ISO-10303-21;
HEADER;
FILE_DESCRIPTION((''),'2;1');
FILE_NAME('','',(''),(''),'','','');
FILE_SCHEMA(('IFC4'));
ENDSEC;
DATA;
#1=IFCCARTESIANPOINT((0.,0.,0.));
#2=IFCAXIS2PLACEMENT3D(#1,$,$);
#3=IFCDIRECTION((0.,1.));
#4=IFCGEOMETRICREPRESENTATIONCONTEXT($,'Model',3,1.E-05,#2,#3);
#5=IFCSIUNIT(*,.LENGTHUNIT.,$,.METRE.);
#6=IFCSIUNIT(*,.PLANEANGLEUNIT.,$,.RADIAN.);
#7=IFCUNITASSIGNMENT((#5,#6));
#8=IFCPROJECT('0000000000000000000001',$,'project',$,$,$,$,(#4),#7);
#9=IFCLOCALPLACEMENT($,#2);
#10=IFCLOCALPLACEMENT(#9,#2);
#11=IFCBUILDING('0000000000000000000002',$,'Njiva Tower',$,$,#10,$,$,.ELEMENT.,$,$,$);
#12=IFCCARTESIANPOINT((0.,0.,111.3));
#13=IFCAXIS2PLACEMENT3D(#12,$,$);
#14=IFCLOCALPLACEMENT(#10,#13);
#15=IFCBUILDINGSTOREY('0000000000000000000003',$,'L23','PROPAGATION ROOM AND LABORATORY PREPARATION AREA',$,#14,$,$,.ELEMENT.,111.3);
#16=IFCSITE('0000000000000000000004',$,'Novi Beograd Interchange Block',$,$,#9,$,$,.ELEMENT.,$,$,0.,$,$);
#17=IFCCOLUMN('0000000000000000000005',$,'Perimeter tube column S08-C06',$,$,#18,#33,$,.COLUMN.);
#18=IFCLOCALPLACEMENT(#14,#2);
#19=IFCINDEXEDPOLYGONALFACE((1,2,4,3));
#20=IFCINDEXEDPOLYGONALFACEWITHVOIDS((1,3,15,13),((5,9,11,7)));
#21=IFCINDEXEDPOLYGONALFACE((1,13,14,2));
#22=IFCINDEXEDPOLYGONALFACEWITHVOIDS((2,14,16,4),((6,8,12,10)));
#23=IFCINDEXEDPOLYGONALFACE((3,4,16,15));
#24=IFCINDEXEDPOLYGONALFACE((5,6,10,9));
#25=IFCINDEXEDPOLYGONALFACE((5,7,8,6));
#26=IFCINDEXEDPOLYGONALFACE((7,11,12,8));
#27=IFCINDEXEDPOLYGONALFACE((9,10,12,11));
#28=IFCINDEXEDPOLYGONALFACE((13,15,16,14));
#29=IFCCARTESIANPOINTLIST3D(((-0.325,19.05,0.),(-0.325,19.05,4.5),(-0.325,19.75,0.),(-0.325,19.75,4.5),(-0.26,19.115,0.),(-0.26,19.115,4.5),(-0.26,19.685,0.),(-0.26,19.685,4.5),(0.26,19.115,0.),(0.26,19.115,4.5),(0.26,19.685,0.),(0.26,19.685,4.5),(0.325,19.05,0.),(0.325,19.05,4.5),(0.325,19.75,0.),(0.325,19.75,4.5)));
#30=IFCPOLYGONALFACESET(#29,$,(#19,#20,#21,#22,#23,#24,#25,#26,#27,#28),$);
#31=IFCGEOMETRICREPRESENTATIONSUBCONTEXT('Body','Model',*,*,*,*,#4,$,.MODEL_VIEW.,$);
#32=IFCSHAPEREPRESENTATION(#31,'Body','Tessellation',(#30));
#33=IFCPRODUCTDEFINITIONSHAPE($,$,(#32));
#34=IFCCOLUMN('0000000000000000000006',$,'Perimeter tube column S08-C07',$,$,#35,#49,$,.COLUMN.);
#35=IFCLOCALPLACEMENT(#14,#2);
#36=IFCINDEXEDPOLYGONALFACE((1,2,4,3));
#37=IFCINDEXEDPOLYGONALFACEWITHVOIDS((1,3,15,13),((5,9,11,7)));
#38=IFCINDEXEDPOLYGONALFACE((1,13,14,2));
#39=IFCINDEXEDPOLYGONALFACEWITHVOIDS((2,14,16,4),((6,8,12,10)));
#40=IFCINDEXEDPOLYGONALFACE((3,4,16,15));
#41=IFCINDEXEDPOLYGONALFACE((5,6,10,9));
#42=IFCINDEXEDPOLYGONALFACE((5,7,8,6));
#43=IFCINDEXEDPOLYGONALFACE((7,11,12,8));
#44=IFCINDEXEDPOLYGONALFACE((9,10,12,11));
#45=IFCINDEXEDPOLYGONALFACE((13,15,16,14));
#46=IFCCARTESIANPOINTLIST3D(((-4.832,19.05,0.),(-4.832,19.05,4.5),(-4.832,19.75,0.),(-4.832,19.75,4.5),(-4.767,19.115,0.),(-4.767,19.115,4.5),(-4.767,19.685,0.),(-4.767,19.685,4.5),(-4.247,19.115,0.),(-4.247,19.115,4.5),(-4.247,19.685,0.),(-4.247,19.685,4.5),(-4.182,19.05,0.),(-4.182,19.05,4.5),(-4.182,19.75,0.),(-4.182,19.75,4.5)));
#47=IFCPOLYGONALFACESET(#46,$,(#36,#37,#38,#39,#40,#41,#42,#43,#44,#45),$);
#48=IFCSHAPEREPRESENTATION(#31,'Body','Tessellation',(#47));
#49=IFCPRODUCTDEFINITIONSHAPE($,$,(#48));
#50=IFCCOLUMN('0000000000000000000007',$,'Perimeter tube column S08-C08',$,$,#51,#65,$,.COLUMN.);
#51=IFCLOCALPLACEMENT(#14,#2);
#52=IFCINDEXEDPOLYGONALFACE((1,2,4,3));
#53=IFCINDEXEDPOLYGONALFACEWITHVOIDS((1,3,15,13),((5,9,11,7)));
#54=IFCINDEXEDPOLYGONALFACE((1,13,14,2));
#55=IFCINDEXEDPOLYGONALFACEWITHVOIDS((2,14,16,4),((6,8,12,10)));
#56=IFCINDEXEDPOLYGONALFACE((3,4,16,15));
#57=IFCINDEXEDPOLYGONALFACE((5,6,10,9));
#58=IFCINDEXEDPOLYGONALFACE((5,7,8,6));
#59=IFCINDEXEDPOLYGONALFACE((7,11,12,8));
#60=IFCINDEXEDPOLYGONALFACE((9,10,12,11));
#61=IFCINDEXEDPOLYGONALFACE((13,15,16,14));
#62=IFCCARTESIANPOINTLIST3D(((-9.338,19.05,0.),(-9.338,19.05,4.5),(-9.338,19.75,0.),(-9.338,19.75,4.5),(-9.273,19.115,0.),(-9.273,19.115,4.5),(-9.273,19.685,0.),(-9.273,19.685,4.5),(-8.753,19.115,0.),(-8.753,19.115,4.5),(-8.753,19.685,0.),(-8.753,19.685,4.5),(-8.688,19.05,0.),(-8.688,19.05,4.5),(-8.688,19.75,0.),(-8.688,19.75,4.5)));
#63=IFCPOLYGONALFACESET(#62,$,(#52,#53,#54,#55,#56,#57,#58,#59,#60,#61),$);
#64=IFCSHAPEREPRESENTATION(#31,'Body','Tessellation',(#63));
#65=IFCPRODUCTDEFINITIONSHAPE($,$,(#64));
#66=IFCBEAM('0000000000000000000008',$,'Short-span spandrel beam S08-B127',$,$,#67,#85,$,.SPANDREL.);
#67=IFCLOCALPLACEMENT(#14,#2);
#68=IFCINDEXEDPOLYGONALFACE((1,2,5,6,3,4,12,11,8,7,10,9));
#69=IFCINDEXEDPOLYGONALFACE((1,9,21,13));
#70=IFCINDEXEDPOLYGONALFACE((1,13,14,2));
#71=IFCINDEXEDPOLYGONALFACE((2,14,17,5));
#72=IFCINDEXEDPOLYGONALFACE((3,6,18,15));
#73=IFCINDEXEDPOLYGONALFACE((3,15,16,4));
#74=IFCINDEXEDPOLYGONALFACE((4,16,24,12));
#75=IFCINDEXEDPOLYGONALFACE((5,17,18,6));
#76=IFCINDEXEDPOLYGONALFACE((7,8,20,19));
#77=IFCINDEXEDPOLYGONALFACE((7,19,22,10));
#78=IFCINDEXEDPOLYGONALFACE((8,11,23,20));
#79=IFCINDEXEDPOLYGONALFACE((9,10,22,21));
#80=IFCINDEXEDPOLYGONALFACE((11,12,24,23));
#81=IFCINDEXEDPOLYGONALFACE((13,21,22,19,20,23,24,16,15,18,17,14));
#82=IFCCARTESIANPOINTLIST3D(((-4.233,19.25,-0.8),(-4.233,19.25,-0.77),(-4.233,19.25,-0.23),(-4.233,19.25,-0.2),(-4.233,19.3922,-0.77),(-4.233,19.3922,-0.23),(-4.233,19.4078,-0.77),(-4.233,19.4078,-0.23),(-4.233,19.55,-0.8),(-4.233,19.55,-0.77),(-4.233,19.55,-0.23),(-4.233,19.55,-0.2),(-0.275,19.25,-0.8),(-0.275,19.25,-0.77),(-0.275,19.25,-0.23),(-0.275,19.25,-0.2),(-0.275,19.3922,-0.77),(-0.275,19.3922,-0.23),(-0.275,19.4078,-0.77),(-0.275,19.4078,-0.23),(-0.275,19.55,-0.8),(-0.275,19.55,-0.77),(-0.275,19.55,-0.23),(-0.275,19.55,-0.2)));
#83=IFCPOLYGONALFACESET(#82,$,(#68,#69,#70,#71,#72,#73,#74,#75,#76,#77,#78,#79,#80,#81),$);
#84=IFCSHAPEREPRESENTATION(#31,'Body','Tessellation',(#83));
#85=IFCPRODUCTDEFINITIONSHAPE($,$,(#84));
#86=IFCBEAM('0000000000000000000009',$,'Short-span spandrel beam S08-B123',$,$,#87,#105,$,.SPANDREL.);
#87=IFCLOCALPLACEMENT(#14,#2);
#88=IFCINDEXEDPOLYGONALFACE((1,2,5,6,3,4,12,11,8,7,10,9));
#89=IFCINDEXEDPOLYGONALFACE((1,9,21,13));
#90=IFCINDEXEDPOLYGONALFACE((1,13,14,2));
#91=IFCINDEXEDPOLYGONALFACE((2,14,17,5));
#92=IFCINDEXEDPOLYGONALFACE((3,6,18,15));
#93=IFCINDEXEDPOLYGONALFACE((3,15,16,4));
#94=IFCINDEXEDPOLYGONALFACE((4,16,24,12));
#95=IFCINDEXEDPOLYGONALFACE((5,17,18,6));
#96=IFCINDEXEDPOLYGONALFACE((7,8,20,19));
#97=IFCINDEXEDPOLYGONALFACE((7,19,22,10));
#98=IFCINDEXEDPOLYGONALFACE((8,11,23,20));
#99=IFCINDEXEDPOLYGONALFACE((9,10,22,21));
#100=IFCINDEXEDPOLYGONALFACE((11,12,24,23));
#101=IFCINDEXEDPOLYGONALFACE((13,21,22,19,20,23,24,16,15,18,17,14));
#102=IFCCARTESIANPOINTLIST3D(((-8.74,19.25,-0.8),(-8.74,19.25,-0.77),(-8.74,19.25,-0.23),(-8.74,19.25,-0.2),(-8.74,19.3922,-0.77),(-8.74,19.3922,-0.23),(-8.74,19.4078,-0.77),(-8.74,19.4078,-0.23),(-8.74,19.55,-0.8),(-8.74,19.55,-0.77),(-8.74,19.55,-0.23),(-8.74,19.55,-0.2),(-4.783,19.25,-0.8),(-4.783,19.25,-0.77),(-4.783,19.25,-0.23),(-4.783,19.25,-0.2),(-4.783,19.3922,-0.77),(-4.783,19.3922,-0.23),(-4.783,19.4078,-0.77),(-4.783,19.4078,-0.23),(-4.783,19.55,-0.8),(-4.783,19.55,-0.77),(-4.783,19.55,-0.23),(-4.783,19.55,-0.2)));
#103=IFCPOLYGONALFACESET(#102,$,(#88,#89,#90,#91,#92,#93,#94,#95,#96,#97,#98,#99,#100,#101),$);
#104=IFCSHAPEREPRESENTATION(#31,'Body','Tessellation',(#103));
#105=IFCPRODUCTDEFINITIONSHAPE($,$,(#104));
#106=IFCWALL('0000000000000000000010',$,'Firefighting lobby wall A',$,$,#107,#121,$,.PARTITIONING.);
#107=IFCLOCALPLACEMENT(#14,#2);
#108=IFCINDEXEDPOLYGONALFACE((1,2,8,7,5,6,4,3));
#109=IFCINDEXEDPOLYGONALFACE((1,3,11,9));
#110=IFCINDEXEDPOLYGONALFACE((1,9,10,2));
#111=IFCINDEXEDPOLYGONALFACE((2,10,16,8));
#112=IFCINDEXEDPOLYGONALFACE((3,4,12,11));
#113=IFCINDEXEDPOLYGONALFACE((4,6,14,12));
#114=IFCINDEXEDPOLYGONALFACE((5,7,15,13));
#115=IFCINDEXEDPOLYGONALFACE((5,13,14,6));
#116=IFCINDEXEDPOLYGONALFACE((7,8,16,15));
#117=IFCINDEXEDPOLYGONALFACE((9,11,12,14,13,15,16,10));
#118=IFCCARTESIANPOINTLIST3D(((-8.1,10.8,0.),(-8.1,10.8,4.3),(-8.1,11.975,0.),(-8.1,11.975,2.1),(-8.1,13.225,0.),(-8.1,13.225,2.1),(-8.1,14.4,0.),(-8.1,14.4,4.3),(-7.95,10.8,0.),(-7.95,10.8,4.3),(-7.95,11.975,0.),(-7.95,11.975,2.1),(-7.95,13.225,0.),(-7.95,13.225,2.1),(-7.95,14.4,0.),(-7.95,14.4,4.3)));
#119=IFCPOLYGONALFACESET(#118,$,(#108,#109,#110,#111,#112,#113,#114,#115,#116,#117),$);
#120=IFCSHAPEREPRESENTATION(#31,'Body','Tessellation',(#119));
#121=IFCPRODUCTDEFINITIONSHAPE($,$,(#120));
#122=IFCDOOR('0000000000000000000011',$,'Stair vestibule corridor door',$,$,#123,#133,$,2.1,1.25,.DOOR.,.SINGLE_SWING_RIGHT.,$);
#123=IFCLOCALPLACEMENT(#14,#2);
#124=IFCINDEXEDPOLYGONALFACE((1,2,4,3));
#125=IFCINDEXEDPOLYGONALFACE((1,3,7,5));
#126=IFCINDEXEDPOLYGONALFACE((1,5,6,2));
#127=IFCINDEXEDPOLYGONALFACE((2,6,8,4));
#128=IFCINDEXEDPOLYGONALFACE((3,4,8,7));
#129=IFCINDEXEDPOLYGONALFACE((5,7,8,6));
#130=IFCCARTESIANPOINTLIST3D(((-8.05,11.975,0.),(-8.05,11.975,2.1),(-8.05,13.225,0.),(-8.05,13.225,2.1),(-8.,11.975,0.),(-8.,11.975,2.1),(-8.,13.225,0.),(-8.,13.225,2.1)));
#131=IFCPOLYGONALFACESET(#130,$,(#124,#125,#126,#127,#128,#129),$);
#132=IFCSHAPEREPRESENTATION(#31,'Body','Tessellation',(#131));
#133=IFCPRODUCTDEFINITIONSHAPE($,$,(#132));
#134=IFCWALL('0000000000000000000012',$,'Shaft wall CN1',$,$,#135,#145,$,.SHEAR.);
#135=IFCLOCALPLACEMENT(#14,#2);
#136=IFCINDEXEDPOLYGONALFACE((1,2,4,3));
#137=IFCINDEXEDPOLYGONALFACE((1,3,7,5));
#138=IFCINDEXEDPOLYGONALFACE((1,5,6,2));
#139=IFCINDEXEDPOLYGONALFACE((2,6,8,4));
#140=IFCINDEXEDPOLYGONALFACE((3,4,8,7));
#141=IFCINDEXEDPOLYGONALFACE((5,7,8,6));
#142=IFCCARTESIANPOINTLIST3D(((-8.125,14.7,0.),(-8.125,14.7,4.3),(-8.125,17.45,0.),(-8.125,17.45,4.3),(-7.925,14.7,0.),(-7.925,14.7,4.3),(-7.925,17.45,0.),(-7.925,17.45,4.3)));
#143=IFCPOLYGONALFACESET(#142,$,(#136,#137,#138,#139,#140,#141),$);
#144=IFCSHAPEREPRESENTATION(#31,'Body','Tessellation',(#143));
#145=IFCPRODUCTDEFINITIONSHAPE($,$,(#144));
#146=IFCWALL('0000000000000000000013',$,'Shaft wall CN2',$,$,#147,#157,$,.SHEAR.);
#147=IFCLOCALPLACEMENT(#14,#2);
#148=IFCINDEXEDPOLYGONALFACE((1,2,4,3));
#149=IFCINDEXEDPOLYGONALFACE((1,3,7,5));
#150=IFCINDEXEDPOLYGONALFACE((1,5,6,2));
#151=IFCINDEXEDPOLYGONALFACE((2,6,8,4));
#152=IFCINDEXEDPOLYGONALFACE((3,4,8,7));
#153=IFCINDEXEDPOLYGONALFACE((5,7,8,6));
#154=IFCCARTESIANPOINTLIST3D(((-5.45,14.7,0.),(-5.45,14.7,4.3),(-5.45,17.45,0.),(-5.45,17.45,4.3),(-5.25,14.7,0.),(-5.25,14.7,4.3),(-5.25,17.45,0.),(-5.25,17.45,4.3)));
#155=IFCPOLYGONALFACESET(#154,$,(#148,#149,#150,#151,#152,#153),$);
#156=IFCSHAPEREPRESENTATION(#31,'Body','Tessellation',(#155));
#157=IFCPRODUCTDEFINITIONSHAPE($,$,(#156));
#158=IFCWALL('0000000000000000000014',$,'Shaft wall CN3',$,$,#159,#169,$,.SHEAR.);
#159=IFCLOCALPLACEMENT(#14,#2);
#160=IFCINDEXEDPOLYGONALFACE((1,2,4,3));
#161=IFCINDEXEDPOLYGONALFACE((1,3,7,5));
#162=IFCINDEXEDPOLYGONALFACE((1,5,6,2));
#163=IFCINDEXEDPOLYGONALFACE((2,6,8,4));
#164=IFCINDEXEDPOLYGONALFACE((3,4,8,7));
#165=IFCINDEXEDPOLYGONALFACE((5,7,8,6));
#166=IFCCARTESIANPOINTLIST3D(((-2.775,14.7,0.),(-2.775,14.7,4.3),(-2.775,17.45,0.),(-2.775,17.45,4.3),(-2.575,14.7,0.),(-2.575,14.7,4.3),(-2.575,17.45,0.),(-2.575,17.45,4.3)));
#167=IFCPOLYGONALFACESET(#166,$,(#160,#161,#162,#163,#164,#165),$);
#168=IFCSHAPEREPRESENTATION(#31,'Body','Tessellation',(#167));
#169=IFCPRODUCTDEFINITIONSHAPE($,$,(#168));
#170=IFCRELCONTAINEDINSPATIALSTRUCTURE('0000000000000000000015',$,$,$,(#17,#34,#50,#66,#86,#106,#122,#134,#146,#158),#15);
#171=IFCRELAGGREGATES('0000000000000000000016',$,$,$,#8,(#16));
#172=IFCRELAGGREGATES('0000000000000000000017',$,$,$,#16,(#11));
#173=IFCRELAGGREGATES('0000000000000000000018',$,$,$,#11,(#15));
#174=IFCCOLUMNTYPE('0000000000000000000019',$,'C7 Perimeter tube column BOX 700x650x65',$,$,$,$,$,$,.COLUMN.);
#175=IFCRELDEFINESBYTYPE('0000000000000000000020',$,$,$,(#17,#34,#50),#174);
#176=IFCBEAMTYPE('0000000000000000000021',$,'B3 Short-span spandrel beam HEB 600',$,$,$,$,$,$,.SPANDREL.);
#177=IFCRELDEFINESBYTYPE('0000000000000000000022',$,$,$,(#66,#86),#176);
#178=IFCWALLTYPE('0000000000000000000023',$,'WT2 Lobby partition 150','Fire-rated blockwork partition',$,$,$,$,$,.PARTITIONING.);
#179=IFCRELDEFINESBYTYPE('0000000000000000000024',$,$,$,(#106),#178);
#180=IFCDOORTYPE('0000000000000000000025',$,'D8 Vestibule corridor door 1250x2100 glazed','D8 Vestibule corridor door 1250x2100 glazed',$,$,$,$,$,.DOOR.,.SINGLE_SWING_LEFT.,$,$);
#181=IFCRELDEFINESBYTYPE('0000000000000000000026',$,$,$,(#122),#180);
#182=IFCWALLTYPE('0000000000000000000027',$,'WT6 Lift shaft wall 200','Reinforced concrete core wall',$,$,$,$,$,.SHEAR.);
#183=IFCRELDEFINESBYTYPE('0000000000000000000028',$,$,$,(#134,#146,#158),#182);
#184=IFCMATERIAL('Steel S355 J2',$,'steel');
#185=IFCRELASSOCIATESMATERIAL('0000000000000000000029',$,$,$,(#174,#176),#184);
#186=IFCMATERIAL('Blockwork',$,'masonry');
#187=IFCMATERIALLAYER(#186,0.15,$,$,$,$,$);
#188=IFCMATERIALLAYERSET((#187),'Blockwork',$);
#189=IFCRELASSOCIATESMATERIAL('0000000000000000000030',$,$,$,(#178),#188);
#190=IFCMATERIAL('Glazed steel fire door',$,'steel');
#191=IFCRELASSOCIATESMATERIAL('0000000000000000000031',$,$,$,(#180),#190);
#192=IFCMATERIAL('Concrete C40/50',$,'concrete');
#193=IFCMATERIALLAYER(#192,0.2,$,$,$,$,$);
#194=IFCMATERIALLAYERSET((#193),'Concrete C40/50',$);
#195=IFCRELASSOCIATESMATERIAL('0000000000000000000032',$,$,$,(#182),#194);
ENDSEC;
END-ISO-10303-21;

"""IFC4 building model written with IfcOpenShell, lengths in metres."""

from ifc_helpers import new_model, si_unit, direction, frame, frame_2d, origin, origin_2d, place, context, subcontext, project, spatial, rectangle, hollow_rectangle, i_section, extrude, material, layer, layer_set, material_profile, profile_set, type_object, element, fill, save


model = new_model("IFC4")

# Units and contexts
model_context = context("Model", 3, precision=1e-05, world=origin(), true_north=direction((0.0, 1.0)))
body_context = subcontext(model_context, "Body", "Model", "MODEL_VIEW")
ifc_project = project(units=[si_unit("LENGTHUNIT", "METRE"), si_unit("PLANEANGLEUNIT", "RADIAN")], contexts=[model_context])

# Site, building, storey
site_placement = place(None, origin())
site = spatial("IfcSite", under=ifc_project, at=site_placement, Name="Novi Beograd Interchange Block", CompositionType="ELEMENT", RefElevation=0.0)
building_placement = place(site_placement, origin())
building = spatial("IfcBuilding", under=site, at=building_placement, Name="Njiva Tower", CompositionType="ELEMENT")
storey_placement = place(building_placement, frame((0.0, 0.0, 111.3)))
storey = spatial("IfcBuildingStorey", under=building, at=storey_placement, Name="L23", Description="PROPAGATION ROOM AND LABORATORY PREPARATION AREA", CompositionType="ELEMENT", Elevation=111.3)

# Columns
ifc_material_1 = material(Name="Steel S355 J2", Category="steel")
ifc_material_profile_1 = material_profile(ifc_material_1, hollow_rectangle(XDim=0.65, YDim=0.7, WallThickness=0.065, at=origin_2d()), Name="BOX 700x650x65")
ifc_profile_set_1 = profile_set([ifc_material_profile_1], Name="Steel S355 J2")
column_type = type_object("IfcColumnType", Name="C7 Perimeter tube column BOX 700x650x65", PredefinedType="COLUMN", material=ifc_profile_set_1)
for number, where, z_axis, x_axis, name in (
    (1, (0.0, 19.4, 0.0), (0.0, 0.0, 1.0), (-1.0, 0.0, 0.0), "Perimeter tube column S08-C06"),
    (2, (-4.507, 19.4, 0.0), (0.0, 0.0, 1.0), (-1.0, 0.0, 0.0), "Perimeter tube column S08-C07"),
    (3, (-9.013, 19.4, 0.0), (0.0, 0.0, 1.0), (-1.0, 0.0, 0.0), "Perimeter tube column S08-C08"),
):
    element("IfcColumn", number, at=place(storey_placement, frame(where, z_axis=z_axis, x_axis=x_axis)), inside=storey, type_object=column_type, Name=name, PredefinedType="COLUMN", context=body_context, shape_type="SweptSolid", body=[
        extrude(hollow_rectangle(XDim=0.65, YDim=0.7, WallThickness=0.065, at=origin_2d()), origin(), (0.0, 0.0, 1.0), 4.5),
    ])

# Beams
ifc_material_profile_2 = material_profile(ifc_material_1, i_section(OverallWidth=0.3, OverallDepth=0.6, WebThickness=0.0155, FlangeThickness=0.03, at=origin_2d()), Name="HEB 600")
ifc_profile_set_2 = profile_set([ifc_material_profile_2], Name="Steel S355 J2")
beam_type = type_object("IfcBeamType", Name="B3 Short-span spandrel beam HEB 600", PredefinedType="SPANDREL", material=ifc_profile_set_2)
beam_1_placement = place(storey_placement, frame((-0.275, 19.4, -0.5), z_axis=(-1.0, 0.0, 0.0), x_axis=(0.0, -1.0, 0.0)))
element("IfcBeam", 4, at=beam_1_placement, inside=storey, type_object=beam_type, Name="Short-span spandrel beam S08-B127", PredefinedType="SPANDREL", context=body_context, shape_type="SweptSolid", body=[
    extrude(i_section(OverallWidth=0.3, OverallDepth=0.6, WebThickness=0.0155, FlangeThickness=0.03, at=origin_2d()), origin(), (0.0, 0.0, 1.0), 3.958),
])
beam_2_placement = place(storey_placement, frame((-4.783, 19.4, -0.5), z_axis=(-1.0, 0.0, 0.0), x_axis=(0.0, -1.0, 0.0)))
element("IfcBeam", 5, at=beam_2_placement, inside=storey, type_object=beam_type, Name="Short-span spandrel beam S08-B123", PredefinedType="SPANDREL", context=body_context, shape_type="SweptSolid", body=[
    extrude(i_section(OverallWidth=0.3, OverallDepth=0.6, WebThickness=0.0155, FlangeThickness=0.03, at=origin_2d()), origin(), (0.0, 0.0, 1.0), 3.957),
])

# Wall, opening, door
ifc_material_2 = material(Name="Blockwork", Category="masonry")
ifc_layer_1 = layer(ifc_material_2, 0.15)
ifc_layer_set_1 = layer_set([ifc_layer_1], Name="Blockwork")
wall_type_1 = type_object("IfcWallType", Name="WT2 Lobby partition 150", Description="Fire-rated blockwork partition", PredefinedType="PARTITIONING", material=ifc_layer_set_1)
wall_placement = place(storey_placement, frame((-8.025, 10.8, 0.0), z_axis=(0.0, 0.0, 1.0), x_axis=(0.0, 1.0, 0.0)))
wall = element("IfcWall", 6, at=wall_placement, inside=storey, type_object=wall_type_1, Name="Firefighting lobby wall A", PredefinedType="PARTITIONING", context=body_context, shape_type="SweptSolid", body=[
    extrude(rectangle(XDim=3.6, YDim=0.15, at=frame_2d((1.8, 0.0))), origin(), (0.0, 0.0, 1.0), 4.3),
])
opening_placement = place(wall_placement, frame((1.175, 0.0, 0.0)))
opening = element("IfcOpeningElement", 7, at=opening_placement, cuts=wall, PredefinedType="OPENING", context=body_context, shape_type="SweptSolid", body=[
    extrude(rectangle(XDim=1.25, YDim=2.1, at=frame_2d((0.625, 1.05))), frame((0.0, 0.085, 0.0), z_axis=(0.0, -1.0, 0.0), x_axis=(1.0, 0.0, 0.0)), (0.0, 0.0, 1.0), 0.17),
])
ifc_material_3 = material(Name="Glazed steel fire door", Category="steel")
door_type = type_object("IfcDoorType", Name="D8 Vestibule corridor door 1250x2100 glazed", Description="D8 Vestibule corridor door 1250x2100 glazed", OperationType="SINGLE_SWING_LEFT", PredefinedType="DOOR", material=ifc_material_3)
door_placement = place(opening_placement, origin())
door = element("IfcDoor", 8, at=door_placement, inside=storey, type_object=door_type, Name="Stair vestibule corridor door", OperationType="SINGLE_SWING_RIGHT", OverallHeight=2.1, OverallWidth=1.25, PredefinedType="DOOR", context=body_context, shape_type="SweptSolid", body=[
    extrude(rectangle(XDim=1.25, YDim=2.1, at=frame_2d((0.625, 1.05))), frame((0.0, 0.025, 0.0), z_axis=(0.0, -1.0, 0.0), x_axis=(1.0, 0.0, 0.0)), (0.0, 0.0, 1.0), 0.05),
])
fill(opening, door)

# Walls
ifc_material_4 = material(Name="Concrete C40/50", Category="concrete")
ifc_layer_2 = layer(ifc_material_4, 0.2)
ifc_layer_set_2 = layer_set([ifc_layer_2], Name="Concrete C40/50")
wall_type_2 = type_object("IfcWallType", Name="WT6 Lift shaft wall 200", Description="Reinforced concrete core wall", PredefinedType="SHEAR", material=ifc_layer_set_2)
for number, where, z_axis, x_axis, name in (
    (9, (-8.025, 14.7, 0.0), (0.0, 0.0, 1.0), (0.0, 1.0, 0.0), "Shaft wall CN1"),
    (10, (-5.35, 14.7, 0.0), (0.0, 0.0, 1.0), (0.0, 1.0, 0.0), "Shaft wall CN2"),
    (11, (-2.675, 14.7, 0.0), (0.0, 0.0, 1.0), (0.0, 1.0, 0.0), "Shaft wall CN3"),
):
    element("IfcWall", number, at=place(storey_placement, frame(where, z_axis=z_axis, x_axis=x_axis)), inside=storey, type_object=wall_type_2, Name=name, PredefinedType="SHEAR", context=body_context, shape_type="SweptSolid", body=[
        extrude(rectangle(XDim=2.75, YDim=0.2, at=frame_2d((1.375, 0.0))), origin(), (0.0, 0.0, 1.0), 4.3),
    ])

save(model, "model.ifc")
